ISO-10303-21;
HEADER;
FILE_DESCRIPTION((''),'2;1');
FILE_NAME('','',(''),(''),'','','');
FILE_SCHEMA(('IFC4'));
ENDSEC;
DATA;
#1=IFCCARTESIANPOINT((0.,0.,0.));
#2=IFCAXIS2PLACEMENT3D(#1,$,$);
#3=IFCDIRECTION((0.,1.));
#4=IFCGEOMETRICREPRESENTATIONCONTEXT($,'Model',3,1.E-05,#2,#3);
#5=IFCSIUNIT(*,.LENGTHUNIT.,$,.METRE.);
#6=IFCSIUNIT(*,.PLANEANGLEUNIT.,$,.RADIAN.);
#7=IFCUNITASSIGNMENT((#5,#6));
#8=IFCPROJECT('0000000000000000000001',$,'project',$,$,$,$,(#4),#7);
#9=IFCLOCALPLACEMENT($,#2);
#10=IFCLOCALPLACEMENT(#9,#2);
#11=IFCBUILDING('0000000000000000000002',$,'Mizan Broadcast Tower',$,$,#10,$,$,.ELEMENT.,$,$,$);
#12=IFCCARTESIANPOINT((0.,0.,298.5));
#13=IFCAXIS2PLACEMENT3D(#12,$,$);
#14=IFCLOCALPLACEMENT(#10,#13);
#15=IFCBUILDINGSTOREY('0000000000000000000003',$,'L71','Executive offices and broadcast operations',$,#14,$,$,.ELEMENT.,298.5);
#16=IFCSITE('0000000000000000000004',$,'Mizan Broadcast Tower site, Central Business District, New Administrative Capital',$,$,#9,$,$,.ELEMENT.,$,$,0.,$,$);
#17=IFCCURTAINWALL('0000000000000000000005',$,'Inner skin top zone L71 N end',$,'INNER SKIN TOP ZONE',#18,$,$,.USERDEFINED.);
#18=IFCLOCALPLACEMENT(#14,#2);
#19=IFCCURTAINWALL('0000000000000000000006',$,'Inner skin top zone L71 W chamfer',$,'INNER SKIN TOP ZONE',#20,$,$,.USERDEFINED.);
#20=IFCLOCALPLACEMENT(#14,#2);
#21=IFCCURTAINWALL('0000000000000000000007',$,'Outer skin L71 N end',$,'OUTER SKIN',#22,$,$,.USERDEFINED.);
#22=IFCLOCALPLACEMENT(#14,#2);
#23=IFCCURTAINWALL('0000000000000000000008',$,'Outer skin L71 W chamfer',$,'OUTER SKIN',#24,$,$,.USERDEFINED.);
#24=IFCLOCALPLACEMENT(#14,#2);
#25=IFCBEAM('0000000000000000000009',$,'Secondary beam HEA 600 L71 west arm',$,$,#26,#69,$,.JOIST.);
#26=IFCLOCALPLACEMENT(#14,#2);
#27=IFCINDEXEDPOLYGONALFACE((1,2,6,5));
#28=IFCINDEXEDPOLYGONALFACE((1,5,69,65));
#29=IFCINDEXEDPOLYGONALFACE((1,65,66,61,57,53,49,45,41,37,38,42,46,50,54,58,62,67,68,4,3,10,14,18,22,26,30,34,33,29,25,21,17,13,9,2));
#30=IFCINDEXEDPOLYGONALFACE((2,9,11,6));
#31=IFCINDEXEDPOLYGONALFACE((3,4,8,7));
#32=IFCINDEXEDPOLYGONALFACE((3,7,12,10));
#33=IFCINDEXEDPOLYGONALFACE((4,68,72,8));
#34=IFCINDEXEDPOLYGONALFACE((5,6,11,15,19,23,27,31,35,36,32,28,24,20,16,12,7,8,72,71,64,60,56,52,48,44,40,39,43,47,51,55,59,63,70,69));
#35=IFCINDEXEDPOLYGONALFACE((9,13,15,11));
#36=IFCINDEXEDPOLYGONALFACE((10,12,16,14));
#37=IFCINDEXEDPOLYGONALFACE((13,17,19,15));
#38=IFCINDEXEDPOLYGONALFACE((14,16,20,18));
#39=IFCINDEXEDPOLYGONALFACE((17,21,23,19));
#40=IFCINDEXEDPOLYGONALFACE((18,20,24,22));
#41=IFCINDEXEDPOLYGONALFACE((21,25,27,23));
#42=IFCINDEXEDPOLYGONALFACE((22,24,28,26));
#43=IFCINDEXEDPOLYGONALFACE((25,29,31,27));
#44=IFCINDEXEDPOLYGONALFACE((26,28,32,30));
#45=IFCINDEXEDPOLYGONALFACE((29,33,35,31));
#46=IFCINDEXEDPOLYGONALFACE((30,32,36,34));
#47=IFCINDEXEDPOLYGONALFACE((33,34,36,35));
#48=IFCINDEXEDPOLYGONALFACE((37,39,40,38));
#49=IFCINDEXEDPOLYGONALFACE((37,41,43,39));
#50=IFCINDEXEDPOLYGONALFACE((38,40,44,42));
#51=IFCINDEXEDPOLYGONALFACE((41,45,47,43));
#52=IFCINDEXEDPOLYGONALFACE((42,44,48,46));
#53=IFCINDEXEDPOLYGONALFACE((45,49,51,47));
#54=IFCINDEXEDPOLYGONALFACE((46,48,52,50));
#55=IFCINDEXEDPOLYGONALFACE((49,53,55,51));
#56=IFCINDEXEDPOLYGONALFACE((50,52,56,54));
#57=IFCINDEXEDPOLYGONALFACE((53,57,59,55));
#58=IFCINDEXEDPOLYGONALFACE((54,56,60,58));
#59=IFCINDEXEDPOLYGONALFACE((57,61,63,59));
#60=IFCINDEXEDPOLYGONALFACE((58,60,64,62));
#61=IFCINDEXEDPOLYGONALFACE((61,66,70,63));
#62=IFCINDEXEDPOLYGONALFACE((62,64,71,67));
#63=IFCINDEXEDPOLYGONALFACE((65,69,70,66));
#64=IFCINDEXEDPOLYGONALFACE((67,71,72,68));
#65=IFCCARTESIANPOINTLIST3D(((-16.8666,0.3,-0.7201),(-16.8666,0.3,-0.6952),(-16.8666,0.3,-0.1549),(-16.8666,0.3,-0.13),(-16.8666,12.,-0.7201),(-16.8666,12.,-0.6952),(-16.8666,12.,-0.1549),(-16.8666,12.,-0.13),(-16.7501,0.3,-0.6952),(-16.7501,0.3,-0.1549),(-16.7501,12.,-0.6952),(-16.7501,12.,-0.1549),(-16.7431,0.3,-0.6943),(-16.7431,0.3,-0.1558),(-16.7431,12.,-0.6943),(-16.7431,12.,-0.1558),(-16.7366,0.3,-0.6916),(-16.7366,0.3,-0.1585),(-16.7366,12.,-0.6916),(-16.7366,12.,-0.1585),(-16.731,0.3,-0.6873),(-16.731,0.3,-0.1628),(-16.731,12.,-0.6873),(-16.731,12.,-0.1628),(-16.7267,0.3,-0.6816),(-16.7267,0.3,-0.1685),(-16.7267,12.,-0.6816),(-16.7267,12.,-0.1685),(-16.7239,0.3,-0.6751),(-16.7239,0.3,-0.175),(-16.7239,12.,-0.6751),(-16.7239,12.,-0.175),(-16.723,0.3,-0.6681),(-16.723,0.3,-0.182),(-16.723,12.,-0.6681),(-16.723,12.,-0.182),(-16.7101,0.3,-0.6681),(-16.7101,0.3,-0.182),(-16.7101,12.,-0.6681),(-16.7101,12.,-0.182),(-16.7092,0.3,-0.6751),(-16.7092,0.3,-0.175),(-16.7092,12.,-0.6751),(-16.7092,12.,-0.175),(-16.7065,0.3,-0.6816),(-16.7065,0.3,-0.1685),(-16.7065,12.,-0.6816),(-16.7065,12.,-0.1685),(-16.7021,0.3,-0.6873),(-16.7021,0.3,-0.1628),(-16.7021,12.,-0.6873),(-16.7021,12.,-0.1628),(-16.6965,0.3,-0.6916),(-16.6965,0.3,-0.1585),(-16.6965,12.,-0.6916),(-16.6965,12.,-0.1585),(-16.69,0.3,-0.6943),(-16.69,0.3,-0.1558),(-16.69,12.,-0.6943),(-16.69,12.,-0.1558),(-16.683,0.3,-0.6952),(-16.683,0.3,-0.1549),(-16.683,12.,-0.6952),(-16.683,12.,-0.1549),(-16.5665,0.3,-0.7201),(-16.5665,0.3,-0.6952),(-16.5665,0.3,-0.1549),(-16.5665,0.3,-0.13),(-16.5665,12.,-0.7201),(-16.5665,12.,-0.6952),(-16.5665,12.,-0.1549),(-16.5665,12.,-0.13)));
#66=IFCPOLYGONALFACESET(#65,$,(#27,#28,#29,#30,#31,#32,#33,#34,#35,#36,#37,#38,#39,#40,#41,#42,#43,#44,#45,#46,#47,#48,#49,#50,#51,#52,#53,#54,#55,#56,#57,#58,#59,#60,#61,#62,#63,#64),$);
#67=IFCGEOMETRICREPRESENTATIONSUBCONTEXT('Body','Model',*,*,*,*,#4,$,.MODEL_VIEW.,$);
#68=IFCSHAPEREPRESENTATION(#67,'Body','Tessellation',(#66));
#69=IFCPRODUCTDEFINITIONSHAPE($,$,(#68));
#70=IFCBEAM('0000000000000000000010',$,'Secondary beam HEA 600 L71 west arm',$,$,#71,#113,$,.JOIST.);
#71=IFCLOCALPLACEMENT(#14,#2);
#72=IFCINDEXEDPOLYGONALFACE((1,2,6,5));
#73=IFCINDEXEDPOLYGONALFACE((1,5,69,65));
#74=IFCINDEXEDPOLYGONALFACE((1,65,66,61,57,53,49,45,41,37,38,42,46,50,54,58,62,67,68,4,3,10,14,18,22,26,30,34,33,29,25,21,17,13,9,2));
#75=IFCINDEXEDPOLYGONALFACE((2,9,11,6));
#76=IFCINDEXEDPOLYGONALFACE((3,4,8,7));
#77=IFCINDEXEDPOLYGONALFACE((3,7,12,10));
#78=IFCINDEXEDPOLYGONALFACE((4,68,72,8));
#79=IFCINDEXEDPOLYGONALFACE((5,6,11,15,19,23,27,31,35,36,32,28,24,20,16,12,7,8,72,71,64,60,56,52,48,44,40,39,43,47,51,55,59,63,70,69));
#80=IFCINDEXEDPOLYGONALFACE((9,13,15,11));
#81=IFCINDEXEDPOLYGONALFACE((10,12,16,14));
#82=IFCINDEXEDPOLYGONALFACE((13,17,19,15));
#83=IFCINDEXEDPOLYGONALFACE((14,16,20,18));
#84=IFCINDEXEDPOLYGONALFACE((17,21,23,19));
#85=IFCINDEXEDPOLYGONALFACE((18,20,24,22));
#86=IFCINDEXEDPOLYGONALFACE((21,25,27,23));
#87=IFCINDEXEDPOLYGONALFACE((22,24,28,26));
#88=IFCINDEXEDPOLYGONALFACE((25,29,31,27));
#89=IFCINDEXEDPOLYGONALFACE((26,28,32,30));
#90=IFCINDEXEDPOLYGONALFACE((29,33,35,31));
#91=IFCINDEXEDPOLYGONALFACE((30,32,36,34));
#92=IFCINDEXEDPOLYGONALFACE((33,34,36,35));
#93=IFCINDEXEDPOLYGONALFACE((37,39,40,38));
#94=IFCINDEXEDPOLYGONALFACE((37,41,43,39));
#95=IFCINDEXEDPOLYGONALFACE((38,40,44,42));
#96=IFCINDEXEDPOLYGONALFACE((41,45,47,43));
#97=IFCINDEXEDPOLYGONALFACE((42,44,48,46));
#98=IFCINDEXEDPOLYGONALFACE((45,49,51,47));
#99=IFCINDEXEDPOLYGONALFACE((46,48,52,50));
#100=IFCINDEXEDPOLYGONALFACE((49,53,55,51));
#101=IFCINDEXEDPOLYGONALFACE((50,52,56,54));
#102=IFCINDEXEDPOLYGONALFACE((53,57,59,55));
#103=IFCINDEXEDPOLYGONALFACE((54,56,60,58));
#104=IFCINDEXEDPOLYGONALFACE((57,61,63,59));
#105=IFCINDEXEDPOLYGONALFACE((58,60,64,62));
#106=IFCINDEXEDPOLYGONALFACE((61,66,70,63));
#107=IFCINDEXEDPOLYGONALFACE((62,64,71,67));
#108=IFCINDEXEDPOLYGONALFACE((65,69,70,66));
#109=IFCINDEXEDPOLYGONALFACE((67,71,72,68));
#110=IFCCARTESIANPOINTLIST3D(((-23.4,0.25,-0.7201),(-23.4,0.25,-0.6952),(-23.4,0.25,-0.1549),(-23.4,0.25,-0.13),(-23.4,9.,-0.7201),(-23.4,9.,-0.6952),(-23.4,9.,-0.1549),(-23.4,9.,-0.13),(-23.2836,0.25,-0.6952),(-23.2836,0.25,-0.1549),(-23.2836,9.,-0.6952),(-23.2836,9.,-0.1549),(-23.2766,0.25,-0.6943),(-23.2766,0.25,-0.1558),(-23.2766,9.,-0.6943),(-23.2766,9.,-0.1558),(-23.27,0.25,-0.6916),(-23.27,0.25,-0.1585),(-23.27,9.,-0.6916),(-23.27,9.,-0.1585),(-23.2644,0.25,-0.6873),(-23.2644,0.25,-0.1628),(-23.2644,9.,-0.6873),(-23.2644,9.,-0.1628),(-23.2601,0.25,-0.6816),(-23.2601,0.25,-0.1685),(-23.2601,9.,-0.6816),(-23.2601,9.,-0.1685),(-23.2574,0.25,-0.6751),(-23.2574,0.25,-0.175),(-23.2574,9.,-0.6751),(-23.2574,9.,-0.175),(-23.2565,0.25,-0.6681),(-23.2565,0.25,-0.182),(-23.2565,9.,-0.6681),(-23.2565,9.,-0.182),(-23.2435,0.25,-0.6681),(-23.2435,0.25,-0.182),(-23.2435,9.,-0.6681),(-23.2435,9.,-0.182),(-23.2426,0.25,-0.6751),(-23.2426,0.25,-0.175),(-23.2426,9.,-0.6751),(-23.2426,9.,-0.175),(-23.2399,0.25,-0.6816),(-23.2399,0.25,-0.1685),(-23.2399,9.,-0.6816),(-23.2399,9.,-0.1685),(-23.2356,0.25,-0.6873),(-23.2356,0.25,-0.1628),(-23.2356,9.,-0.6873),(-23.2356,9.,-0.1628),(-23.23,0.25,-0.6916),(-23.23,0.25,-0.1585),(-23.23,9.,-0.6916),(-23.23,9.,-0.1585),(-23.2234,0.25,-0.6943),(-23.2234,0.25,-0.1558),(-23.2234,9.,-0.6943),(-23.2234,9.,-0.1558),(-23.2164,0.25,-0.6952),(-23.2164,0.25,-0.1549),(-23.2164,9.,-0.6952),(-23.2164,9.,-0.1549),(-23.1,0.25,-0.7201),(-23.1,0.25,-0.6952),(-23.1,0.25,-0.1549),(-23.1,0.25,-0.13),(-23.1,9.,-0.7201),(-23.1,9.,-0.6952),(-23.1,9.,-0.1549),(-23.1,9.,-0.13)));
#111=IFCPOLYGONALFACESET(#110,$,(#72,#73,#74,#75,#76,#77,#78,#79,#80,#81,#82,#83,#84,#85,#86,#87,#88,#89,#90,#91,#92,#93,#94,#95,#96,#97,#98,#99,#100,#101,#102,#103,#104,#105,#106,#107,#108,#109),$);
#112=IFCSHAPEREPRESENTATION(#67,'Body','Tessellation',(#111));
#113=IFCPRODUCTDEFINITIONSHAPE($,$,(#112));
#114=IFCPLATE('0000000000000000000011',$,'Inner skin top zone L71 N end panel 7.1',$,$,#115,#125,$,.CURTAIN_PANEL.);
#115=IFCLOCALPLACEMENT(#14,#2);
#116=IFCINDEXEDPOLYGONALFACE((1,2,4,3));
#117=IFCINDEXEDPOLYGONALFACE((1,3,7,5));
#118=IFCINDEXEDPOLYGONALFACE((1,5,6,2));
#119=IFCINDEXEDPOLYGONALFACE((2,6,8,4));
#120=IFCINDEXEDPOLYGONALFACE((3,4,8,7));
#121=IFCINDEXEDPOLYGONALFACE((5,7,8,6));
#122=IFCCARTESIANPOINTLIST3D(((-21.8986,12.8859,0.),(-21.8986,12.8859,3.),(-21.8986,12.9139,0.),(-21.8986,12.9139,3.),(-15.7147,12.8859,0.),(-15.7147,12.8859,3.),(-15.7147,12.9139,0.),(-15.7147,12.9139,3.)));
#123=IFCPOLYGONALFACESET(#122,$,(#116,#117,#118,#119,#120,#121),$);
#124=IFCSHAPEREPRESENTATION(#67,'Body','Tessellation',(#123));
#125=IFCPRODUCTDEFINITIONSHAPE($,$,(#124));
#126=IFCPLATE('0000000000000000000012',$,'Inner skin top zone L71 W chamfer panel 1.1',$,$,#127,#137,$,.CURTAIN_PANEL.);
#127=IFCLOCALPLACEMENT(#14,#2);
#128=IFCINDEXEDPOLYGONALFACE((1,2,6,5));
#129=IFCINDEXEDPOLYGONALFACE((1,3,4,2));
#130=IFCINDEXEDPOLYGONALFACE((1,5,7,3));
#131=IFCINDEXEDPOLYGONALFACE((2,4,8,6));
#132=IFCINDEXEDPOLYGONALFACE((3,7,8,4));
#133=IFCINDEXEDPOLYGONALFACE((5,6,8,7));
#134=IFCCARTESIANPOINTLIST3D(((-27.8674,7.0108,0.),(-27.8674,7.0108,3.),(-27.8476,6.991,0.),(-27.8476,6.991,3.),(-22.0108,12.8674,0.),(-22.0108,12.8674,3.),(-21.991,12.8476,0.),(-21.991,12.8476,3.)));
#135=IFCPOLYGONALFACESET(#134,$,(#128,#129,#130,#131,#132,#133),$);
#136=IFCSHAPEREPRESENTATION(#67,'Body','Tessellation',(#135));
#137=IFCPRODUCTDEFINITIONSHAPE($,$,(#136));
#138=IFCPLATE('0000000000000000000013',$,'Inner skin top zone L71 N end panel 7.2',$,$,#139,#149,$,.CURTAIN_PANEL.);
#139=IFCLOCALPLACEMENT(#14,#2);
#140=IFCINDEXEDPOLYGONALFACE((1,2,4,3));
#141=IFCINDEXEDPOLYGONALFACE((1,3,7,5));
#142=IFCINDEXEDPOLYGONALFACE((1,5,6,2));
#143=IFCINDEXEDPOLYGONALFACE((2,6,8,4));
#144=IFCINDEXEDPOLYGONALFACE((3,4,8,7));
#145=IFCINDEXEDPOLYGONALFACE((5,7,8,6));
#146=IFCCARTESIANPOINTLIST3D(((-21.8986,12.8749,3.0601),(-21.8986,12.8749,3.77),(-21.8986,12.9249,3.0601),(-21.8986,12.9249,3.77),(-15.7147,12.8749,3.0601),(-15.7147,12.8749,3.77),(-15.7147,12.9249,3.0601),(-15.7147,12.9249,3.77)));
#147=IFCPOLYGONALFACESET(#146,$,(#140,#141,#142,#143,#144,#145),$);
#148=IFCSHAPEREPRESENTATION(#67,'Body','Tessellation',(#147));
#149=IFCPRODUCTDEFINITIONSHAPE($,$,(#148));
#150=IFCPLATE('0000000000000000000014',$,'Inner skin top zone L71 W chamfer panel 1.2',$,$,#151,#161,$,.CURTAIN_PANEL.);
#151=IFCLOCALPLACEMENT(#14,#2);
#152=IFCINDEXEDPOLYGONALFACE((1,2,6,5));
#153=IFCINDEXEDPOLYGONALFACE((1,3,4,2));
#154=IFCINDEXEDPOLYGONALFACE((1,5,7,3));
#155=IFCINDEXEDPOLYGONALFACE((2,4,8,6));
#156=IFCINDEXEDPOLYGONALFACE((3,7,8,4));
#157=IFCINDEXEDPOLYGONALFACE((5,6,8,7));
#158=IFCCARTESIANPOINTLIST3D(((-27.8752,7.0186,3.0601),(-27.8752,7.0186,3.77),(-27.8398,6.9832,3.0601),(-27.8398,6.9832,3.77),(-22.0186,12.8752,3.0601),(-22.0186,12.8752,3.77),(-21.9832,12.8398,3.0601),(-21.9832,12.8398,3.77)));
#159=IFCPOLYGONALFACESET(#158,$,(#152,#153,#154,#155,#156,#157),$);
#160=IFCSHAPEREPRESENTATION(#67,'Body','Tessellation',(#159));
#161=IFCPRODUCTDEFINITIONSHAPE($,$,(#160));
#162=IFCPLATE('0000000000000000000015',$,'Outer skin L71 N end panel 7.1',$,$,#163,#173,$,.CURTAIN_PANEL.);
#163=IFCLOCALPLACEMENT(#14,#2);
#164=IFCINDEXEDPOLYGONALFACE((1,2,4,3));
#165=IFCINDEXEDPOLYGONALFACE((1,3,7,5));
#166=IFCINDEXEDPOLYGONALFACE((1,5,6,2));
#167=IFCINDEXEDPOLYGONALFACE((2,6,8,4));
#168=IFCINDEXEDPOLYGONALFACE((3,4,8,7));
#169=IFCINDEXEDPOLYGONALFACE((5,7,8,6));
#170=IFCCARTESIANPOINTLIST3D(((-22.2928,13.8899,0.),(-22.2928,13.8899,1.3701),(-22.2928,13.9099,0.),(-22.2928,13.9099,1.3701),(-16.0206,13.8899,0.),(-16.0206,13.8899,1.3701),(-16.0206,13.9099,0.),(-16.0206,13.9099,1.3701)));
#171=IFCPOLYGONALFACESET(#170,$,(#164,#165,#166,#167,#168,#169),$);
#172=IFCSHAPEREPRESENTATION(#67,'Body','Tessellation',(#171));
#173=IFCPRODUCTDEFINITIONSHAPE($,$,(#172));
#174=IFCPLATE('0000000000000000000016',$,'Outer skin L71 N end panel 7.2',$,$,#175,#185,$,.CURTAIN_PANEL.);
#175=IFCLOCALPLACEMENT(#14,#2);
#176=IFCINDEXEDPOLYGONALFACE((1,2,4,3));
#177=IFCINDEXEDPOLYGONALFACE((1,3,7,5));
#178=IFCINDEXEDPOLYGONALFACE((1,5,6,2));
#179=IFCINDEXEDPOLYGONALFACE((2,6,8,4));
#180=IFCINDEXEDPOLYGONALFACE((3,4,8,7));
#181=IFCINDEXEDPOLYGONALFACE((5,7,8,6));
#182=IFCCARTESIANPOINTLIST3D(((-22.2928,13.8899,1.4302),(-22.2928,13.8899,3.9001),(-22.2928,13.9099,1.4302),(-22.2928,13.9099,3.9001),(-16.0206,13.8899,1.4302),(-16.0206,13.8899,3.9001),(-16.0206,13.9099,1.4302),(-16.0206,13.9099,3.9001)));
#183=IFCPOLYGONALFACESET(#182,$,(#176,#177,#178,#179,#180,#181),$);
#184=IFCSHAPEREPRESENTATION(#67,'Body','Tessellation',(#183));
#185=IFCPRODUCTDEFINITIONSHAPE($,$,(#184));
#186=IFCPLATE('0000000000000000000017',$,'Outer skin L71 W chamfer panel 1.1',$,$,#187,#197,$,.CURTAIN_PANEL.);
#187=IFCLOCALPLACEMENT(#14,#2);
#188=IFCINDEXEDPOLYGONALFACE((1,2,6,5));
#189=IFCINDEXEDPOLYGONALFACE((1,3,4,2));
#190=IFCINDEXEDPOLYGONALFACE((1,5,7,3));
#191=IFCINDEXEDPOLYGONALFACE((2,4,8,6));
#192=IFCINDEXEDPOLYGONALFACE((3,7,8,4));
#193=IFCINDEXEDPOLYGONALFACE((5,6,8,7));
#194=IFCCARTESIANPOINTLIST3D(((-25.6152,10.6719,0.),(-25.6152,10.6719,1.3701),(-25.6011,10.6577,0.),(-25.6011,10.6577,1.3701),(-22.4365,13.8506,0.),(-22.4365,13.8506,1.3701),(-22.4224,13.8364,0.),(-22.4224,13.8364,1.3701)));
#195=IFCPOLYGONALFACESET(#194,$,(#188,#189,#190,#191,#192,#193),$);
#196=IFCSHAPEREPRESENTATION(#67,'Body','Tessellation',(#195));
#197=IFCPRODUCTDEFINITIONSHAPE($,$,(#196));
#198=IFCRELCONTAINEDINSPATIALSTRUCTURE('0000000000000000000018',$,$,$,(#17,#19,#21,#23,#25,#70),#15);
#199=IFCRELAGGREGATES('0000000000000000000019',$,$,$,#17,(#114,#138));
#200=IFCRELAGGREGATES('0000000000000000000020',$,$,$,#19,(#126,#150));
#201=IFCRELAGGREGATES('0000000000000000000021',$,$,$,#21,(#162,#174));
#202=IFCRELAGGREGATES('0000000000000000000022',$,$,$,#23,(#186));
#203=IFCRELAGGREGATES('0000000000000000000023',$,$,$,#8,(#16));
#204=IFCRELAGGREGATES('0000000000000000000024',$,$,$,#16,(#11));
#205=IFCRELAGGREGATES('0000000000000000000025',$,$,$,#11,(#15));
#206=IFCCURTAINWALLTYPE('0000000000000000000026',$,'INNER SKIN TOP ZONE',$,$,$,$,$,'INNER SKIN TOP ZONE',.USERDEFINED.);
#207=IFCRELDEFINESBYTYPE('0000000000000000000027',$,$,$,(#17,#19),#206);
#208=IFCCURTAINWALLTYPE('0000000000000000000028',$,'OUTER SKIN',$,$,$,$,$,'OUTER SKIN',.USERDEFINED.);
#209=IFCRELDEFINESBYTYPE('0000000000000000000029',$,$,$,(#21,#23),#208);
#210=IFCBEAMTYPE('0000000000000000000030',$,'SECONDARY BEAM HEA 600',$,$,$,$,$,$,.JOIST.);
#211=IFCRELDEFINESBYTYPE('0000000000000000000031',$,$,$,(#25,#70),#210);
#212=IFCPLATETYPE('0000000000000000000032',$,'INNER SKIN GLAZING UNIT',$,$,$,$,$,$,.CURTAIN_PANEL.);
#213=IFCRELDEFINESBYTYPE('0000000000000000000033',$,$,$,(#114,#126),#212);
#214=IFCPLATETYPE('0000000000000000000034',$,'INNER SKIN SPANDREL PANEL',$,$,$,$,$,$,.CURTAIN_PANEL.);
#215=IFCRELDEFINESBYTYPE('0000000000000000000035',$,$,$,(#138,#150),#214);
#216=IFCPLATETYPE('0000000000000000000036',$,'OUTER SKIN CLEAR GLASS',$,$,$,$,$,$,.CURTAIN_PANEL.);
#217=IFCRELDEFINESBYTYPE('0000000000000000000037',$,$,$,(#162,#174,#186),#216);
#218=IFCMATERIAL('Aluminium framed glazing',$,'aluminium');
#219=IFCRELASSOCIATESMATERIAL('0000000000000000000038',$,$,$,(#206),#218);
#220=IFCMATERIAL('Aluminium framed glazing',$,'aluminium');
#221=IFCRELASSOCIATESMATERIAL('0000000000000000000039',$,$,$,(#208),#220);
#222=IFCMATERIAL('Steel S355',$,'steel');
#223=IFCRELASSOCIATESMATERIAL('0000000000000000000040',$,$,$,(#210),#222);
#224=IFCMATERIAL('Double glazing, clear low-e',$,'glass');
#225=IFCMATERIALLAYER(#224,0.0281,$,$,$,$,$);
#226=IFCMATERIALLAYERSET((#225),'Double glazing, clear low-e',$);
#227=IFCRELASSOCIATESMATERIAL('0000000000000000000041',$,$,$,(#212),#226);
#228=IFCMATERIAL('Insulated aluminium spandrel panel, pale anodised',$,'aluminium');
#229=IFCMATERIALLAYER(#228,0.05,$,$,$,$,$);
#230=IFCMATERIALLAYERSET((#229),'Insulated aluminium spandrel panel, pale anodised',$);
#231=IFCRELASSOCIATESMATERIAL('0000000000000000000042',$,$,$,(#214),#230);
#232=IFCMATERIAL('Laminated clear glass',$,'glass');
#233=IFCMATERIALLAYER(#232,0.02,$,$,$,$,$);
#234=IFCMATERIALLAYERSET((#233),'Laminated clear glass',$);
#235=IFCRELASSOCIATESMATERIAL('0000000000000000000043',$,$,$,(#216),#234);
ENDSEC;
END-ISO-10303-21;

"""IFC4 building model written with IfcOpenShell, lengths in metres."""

from ifc_helpers import new_model, si_unit, direction, frame, origin, origin_2d, place, context, subcontext, project, spatial, rectangle, i_section, extrude, material, layer, layer_set, material_profile, profile_set, type_object, element, aggregate, save


model = new_model("IFC4")

# Units and contexts
model_context = context("Model", 3, precision=1e-05, world=origin(), true_north=direction((0.0, 1.0)))
body_context = subcontext(model_context, "Body", "Model", "MODEL_VIEW")
ifc_project = project(units=[si_unit("LENGTHUNIT", "METRE"), si_unit("PLANEANGLEUNIT", "RADIAN")], contexts=[model_context])

# Site, building, storey
site_placement = place(None, origin())
site = spatial("IfcSite", under=ifc_project, at=site_placement, Name="Mizan Broadcast Tower site, Central Business District, New Administrative Capital", CompositionType="ELEMENT", RefElevation=0.0)
building_placement = place(site_placement, origin())
building = spatial("IfcBuilding", under=site, at=building_placement, Name="Mizan Broadcast Tower", CompositionType="ELEMENT")
storey_placement = place(building_placement, frame((0.0, 0.0, 298.5)))
storey = spatial("IfcBuildingStorey", under=building, at=storey_placement, Name="L71", Description="Executive offices and broadcast operations", CompositionType="ELEMENT", Elevation=298.5)

# Curtain walls
ifc_material_1 = material(Name="Aluminium framed glazing", Category="aluminium")
curtain_wall_type_1 = type_object("IfcCurtainWallType", Name="INNER SKIN TOP ZONE", ElementType="INNER SKIN TOP ZONE", PredefinedType="USERDEFINED", material=ifc_material_1)
curtain_wall_1_placement = place(storey_placement, origin())
curtain_wall_1 = element("IfcCurtainWall", 1, at=curtain_wall_1_placement, inside=storey, type_object=curtain_wall_type_1, Name="Inner skin top zone L71 N end", ObjectType="INNER SKIN TOP ZONE", PredefinedType="USERDEFINED")
curtain_wall_2_placement = place(storey_placement, origin())
curtain_wall_2 = element("IfcCurtainWall", 2, at=curtain_wall_2_placement, inside=storey, type_object=curtain_wall_type_1, Name="Inner skin top zone L71 W chamfer", ObjectType="INNER SKIN TOP ZONE", PredefinedType="USERDEFINED")
ifc_material_2 = material(Name="Aluminium framed glazing", Category="aluminium")
curtain_wall_type_2 = type_object("IfcCurtainWallType", Name="OUTER SKIN", ElementType="OUTER SKIN", PredefinedType="USERDEFINED", material=ifc_material_2)
curtain_wall_3_placement = place(storey_placement, origin())
curtain_wall_3 = element("IfcCurtainWall", 3, at=curtain_wall_3_placement, inside=storey, type_object=curtain_wall_type_2, Name="Outer skin L71 N end", ObjectType="OUTER SKIN", PredefinedType="USERDEFINED")

# Curtain wall
curtain_wall_4_placement = place(storey_placement, origin())
curtain_wall_4 = element("IfcCurtainWall", 4, at=curtain_wall_4_placement, inside=storey, type_object=curtain_wall_type_2, Name="Outer skin L71 W chamfer", ObjectType="OUTER SKIN", PredefinedType="USERDEFINED")

# Beams
ifc_material_3 = material(Name="Steel S355", Category="steel")
ifc_material_profile_1 = material_profile(ifc_material_3, i_section(OverallWidth=0.3, OverallDepth=0.5901, WebThickness=0.0129, FlangeThickness=0.0249, FilletRadius=0.0271, at=origin_2d()), Name="HEA 600")
ifc_profile_set_1 = profile_set([ifc_material_profile_1], Name="Steel S355")
beam_type_1 = type_object("IfcBeamType", Name="SECONDARY BEAM HEA 600", PredefinedType="JOIST", material=ifc_profile_set_1)
beam_1_placement = place(storey_placement, frame((-16.7166, 12.0, -0.425), z_axis=(0.0, -1.0, 0.0), x_axis=(1.0, 0.0, 0.0)))
element("IfcBeam", 5, at=beam_1_placement, inside=storey, type_object=beam_type_1, Name="Secondary beam HEA 600 L71 west arm", PredefinedType="JOIST", context=body_context, shape_type="SweptSolid", body=[
    extrude(i_section(OverallWidth=0.3, OverallDepth=0.5901, WebThickness=0.0129, FlangeThickness=0.0249, FilletRadius=0.0271, at=origin_2d()), origin(), (0.0, 0.0, 1.0), 11.7),
])
beam_2_placement = place(storey_placement, frame((-23.25, 9.0, -0.425), z_axis=(0.0, -1.0, 0.0), x_axis=(1.0, 0.0, 0.0)))
element("IfcBeam", 6, at=beam_2_placement, inside=storey, type_object=beam_type_1, Name="Secondary beam HEA 600 L71 west arm", PredefinedType="JOIST", context=body_context, shape_type="SweptSolid", body=[
    extrude(i_section(OverallWidth=0.3, OverallDepth=0.5901, WebThickness=0.0129, FlangeThickness=0.0249, FilletRadius=0.0271, at=origin_2d()), origin(), (0.0, 0.0, 1.0), 8.75),
])

# Plates
ifc_material_4 = material(Name="Double glazing, clear low-e", Category="glass")
ifc_layer_1 = layer(ifc_material_4, 0.0281)
ifc_layer_set_1 = layer_set([ifc_layer_1], Name="Double glazing, clear low-e")
plate_type_1 = type_object("IfcPlateType", Name="INNER SKIN GLAZING UNIT", PredefinedType="CURTAIN_PANEL", material=ifc_layer_set_1)
plate_1_placement = place(storey_placement, frame((-18.8066, 12.8999, 0.0), z_axis=(0.0, 0.0, 1.0), x_axis=(-1.0, 0.0, 0.0)))
plate_1 = element("IfcPlate", 7, at=plate_1_placement, type_object=plate_type_1, Name="Inner skin top zone L71 N end panel 7.1", PredefinedType="CURTAIN_PANEL", context=body_context, shape_type="SweptSolid", body=[
    extrude(rectangle(XDim=6.1838, YDim=0.0281, at=origin_2d()), origin(), (0.0, 0.0, 1.0), 3.0),
])
plate_2_placement = place(storey_placement, frame((-24.9292, 9.9292, 0.0), z_axis=(0.0, 0.0, 1.0), x_axis=(-0.707107, -0.707107, 0.0)))
plate_2 = element("IfcPlate", 8, at=plate_2_placement, type_object=plate_type_1, Name="Inner skin top zone L71 W chamfer panel 1.1", PredefinedType="CURTAIN_PANEL", context=body_context, shape_type="SweptSolid", body=[
    extrude(rectangle(XDim=8.2825, YDim=0.0281, at=origin_2d()), origin(), (0.0, 0.0, 1.0), 3.0),
])
ifc_material_5 = material(Name="Insulated aluminium spandrel panel, pale anodised", Category="aluminium")
ifc_layer_2 = layer(ifc_material_5, 0.05)
ifc_layer_set_2 = layer_set([ifc_layer_2], Name="Insulated aluminium spandrel panel, pale anodised")
plate_type_2 = type_object("IfcPlateType", Name="INNER SKIN SPANDREL PANEL", PredefinedType="CURTAIN_PANEL", material=ifc_layer_set_2)
plate_3_placement = place(storey_placement, frame((-18.8066, 12.8999, 3.0601), z_axis=(0.0, 0.0, 1.0), x_axis=(-1.0, 0.0, 0.0)))
plate_3 = element("IfcPlate", 9, at=plate_3_placement, type_object=plate_type_2, Name="Inner skin top zone L71 N end panel 7.2", PredefinedType="CURTAIN_PANEL", context=body_context, shape_type="SweptSolid", body=[
    extrude(rectangle(XDim=6.1838, YDim=0.05, at=origin_2d()), origin(), (0.0, 0.0, 1.0), 0.71),
])
aggregate(curtain_wall_1, [plate_1, plate_3])
plate_4_placement = place(storey_placement, frame((-24.9292, 9.9292, 3.0601), z_axis=(0.0, 0.0, 1.0), x_axis=(-0.707107, -0.707107, 0.0)))
plate_4 = element("IfcPlate", 10, at=plate_4_placement, type_object=plate_type_2, Name="Inner skin top zone L71 W chamfer panel 1.2", PredefinedType="CURTAIN_PANEL", context=body_context, shape_type="SweptSolid", body=[
    extrude(rectangle(XDim=8.2825, YDim=0.05, at=origin_2d()), origin(), (0.0, 0.0, 1.0), 0.71),
])
aggregate(curtain_wall_2, [plate_2, plate_4])
ifc_material_6 = material(Name="Laminated clear glass", Category="glass")
ifc_layer_3 = layer(ifc_material_6, 0.02)
ifc_layer_set_3 = layer_set([ifc_layer_3], Name="Laminated clear glass")
plate_type_3 = type_object("IfcPlateType", Name="OUTER SKIN CLEAR GLASS", PredefinedType="CURTAIN_PANEL", material=ifc_layer_set_3)
plate_5_placement = place(storey_placement, frame((-19.1567, 13.8999, 0.0), z_axis=(0.0, 0.0, 1.0), x_axis=(-1.0, 0.0, 0.0)))
plate_5 = element("IfcPlate", 11, at=plate_5_placement, type_object=plate_type_3, Name="Outer skin L71 N end panel 7.1", PredefinedType="CURTAIN_PANEL", context=body_context, shape_type="SweptSolid", body=[
    extrude(rectangle(XDim=6.2722, YDim=0.02, at=origin_2d()), origin(), (0.0, 0.0, 1.0), 1.3701),
])
plate_6_placement = place(storey_placement, frame((-19.1567, 13.8999, 1.4302), z_axis=(0.0, 0.0, 1.0), x_axis=(-1.0, 0.0, 0.0)))
plate_6 = element("IfcPlate", 12, at=plate_6_placement, type_object=plate_type_3, Name="Outer skin L71 N end panel 7.2", PredefinedType="CURTAIN_PANEL", context=body_context, shape_type="SweptSolid", body=[
    extrude(rectangle(XDim=6.2722, YDim=0.02, at=origin_2d()), origin(), (0.0, 0.0, 1.0), 2.47),
])
aggregate(curtain_wall_3, [plate_5, plate_6])
plate_7_placement = place(storey_placement, frame((-24.0188, 12.2542, 0.0), z_axis=(0.0, 0.0, 1.0), x_axis=(-0.707107, -0.707107, 0.0)))
plate_7 = element("IfcPlate", 13, at=plate_7_placement, type_object=plate_type_3, Name="Outer skin L71 W chamfer panel 1.1", PredefinedType="CURTAIN_PANEL", context=body_context, shape_type="SweptSolid", body=[
    extrude(rectangle(XDim=4.4954, YDim=0.02, at=origin_2d()), origin(), (0.0, 0.0, 1.0), 1.3701),
])
aggregate(curtain_wall_4, [plate_7])

save(model, "model.ifc")
